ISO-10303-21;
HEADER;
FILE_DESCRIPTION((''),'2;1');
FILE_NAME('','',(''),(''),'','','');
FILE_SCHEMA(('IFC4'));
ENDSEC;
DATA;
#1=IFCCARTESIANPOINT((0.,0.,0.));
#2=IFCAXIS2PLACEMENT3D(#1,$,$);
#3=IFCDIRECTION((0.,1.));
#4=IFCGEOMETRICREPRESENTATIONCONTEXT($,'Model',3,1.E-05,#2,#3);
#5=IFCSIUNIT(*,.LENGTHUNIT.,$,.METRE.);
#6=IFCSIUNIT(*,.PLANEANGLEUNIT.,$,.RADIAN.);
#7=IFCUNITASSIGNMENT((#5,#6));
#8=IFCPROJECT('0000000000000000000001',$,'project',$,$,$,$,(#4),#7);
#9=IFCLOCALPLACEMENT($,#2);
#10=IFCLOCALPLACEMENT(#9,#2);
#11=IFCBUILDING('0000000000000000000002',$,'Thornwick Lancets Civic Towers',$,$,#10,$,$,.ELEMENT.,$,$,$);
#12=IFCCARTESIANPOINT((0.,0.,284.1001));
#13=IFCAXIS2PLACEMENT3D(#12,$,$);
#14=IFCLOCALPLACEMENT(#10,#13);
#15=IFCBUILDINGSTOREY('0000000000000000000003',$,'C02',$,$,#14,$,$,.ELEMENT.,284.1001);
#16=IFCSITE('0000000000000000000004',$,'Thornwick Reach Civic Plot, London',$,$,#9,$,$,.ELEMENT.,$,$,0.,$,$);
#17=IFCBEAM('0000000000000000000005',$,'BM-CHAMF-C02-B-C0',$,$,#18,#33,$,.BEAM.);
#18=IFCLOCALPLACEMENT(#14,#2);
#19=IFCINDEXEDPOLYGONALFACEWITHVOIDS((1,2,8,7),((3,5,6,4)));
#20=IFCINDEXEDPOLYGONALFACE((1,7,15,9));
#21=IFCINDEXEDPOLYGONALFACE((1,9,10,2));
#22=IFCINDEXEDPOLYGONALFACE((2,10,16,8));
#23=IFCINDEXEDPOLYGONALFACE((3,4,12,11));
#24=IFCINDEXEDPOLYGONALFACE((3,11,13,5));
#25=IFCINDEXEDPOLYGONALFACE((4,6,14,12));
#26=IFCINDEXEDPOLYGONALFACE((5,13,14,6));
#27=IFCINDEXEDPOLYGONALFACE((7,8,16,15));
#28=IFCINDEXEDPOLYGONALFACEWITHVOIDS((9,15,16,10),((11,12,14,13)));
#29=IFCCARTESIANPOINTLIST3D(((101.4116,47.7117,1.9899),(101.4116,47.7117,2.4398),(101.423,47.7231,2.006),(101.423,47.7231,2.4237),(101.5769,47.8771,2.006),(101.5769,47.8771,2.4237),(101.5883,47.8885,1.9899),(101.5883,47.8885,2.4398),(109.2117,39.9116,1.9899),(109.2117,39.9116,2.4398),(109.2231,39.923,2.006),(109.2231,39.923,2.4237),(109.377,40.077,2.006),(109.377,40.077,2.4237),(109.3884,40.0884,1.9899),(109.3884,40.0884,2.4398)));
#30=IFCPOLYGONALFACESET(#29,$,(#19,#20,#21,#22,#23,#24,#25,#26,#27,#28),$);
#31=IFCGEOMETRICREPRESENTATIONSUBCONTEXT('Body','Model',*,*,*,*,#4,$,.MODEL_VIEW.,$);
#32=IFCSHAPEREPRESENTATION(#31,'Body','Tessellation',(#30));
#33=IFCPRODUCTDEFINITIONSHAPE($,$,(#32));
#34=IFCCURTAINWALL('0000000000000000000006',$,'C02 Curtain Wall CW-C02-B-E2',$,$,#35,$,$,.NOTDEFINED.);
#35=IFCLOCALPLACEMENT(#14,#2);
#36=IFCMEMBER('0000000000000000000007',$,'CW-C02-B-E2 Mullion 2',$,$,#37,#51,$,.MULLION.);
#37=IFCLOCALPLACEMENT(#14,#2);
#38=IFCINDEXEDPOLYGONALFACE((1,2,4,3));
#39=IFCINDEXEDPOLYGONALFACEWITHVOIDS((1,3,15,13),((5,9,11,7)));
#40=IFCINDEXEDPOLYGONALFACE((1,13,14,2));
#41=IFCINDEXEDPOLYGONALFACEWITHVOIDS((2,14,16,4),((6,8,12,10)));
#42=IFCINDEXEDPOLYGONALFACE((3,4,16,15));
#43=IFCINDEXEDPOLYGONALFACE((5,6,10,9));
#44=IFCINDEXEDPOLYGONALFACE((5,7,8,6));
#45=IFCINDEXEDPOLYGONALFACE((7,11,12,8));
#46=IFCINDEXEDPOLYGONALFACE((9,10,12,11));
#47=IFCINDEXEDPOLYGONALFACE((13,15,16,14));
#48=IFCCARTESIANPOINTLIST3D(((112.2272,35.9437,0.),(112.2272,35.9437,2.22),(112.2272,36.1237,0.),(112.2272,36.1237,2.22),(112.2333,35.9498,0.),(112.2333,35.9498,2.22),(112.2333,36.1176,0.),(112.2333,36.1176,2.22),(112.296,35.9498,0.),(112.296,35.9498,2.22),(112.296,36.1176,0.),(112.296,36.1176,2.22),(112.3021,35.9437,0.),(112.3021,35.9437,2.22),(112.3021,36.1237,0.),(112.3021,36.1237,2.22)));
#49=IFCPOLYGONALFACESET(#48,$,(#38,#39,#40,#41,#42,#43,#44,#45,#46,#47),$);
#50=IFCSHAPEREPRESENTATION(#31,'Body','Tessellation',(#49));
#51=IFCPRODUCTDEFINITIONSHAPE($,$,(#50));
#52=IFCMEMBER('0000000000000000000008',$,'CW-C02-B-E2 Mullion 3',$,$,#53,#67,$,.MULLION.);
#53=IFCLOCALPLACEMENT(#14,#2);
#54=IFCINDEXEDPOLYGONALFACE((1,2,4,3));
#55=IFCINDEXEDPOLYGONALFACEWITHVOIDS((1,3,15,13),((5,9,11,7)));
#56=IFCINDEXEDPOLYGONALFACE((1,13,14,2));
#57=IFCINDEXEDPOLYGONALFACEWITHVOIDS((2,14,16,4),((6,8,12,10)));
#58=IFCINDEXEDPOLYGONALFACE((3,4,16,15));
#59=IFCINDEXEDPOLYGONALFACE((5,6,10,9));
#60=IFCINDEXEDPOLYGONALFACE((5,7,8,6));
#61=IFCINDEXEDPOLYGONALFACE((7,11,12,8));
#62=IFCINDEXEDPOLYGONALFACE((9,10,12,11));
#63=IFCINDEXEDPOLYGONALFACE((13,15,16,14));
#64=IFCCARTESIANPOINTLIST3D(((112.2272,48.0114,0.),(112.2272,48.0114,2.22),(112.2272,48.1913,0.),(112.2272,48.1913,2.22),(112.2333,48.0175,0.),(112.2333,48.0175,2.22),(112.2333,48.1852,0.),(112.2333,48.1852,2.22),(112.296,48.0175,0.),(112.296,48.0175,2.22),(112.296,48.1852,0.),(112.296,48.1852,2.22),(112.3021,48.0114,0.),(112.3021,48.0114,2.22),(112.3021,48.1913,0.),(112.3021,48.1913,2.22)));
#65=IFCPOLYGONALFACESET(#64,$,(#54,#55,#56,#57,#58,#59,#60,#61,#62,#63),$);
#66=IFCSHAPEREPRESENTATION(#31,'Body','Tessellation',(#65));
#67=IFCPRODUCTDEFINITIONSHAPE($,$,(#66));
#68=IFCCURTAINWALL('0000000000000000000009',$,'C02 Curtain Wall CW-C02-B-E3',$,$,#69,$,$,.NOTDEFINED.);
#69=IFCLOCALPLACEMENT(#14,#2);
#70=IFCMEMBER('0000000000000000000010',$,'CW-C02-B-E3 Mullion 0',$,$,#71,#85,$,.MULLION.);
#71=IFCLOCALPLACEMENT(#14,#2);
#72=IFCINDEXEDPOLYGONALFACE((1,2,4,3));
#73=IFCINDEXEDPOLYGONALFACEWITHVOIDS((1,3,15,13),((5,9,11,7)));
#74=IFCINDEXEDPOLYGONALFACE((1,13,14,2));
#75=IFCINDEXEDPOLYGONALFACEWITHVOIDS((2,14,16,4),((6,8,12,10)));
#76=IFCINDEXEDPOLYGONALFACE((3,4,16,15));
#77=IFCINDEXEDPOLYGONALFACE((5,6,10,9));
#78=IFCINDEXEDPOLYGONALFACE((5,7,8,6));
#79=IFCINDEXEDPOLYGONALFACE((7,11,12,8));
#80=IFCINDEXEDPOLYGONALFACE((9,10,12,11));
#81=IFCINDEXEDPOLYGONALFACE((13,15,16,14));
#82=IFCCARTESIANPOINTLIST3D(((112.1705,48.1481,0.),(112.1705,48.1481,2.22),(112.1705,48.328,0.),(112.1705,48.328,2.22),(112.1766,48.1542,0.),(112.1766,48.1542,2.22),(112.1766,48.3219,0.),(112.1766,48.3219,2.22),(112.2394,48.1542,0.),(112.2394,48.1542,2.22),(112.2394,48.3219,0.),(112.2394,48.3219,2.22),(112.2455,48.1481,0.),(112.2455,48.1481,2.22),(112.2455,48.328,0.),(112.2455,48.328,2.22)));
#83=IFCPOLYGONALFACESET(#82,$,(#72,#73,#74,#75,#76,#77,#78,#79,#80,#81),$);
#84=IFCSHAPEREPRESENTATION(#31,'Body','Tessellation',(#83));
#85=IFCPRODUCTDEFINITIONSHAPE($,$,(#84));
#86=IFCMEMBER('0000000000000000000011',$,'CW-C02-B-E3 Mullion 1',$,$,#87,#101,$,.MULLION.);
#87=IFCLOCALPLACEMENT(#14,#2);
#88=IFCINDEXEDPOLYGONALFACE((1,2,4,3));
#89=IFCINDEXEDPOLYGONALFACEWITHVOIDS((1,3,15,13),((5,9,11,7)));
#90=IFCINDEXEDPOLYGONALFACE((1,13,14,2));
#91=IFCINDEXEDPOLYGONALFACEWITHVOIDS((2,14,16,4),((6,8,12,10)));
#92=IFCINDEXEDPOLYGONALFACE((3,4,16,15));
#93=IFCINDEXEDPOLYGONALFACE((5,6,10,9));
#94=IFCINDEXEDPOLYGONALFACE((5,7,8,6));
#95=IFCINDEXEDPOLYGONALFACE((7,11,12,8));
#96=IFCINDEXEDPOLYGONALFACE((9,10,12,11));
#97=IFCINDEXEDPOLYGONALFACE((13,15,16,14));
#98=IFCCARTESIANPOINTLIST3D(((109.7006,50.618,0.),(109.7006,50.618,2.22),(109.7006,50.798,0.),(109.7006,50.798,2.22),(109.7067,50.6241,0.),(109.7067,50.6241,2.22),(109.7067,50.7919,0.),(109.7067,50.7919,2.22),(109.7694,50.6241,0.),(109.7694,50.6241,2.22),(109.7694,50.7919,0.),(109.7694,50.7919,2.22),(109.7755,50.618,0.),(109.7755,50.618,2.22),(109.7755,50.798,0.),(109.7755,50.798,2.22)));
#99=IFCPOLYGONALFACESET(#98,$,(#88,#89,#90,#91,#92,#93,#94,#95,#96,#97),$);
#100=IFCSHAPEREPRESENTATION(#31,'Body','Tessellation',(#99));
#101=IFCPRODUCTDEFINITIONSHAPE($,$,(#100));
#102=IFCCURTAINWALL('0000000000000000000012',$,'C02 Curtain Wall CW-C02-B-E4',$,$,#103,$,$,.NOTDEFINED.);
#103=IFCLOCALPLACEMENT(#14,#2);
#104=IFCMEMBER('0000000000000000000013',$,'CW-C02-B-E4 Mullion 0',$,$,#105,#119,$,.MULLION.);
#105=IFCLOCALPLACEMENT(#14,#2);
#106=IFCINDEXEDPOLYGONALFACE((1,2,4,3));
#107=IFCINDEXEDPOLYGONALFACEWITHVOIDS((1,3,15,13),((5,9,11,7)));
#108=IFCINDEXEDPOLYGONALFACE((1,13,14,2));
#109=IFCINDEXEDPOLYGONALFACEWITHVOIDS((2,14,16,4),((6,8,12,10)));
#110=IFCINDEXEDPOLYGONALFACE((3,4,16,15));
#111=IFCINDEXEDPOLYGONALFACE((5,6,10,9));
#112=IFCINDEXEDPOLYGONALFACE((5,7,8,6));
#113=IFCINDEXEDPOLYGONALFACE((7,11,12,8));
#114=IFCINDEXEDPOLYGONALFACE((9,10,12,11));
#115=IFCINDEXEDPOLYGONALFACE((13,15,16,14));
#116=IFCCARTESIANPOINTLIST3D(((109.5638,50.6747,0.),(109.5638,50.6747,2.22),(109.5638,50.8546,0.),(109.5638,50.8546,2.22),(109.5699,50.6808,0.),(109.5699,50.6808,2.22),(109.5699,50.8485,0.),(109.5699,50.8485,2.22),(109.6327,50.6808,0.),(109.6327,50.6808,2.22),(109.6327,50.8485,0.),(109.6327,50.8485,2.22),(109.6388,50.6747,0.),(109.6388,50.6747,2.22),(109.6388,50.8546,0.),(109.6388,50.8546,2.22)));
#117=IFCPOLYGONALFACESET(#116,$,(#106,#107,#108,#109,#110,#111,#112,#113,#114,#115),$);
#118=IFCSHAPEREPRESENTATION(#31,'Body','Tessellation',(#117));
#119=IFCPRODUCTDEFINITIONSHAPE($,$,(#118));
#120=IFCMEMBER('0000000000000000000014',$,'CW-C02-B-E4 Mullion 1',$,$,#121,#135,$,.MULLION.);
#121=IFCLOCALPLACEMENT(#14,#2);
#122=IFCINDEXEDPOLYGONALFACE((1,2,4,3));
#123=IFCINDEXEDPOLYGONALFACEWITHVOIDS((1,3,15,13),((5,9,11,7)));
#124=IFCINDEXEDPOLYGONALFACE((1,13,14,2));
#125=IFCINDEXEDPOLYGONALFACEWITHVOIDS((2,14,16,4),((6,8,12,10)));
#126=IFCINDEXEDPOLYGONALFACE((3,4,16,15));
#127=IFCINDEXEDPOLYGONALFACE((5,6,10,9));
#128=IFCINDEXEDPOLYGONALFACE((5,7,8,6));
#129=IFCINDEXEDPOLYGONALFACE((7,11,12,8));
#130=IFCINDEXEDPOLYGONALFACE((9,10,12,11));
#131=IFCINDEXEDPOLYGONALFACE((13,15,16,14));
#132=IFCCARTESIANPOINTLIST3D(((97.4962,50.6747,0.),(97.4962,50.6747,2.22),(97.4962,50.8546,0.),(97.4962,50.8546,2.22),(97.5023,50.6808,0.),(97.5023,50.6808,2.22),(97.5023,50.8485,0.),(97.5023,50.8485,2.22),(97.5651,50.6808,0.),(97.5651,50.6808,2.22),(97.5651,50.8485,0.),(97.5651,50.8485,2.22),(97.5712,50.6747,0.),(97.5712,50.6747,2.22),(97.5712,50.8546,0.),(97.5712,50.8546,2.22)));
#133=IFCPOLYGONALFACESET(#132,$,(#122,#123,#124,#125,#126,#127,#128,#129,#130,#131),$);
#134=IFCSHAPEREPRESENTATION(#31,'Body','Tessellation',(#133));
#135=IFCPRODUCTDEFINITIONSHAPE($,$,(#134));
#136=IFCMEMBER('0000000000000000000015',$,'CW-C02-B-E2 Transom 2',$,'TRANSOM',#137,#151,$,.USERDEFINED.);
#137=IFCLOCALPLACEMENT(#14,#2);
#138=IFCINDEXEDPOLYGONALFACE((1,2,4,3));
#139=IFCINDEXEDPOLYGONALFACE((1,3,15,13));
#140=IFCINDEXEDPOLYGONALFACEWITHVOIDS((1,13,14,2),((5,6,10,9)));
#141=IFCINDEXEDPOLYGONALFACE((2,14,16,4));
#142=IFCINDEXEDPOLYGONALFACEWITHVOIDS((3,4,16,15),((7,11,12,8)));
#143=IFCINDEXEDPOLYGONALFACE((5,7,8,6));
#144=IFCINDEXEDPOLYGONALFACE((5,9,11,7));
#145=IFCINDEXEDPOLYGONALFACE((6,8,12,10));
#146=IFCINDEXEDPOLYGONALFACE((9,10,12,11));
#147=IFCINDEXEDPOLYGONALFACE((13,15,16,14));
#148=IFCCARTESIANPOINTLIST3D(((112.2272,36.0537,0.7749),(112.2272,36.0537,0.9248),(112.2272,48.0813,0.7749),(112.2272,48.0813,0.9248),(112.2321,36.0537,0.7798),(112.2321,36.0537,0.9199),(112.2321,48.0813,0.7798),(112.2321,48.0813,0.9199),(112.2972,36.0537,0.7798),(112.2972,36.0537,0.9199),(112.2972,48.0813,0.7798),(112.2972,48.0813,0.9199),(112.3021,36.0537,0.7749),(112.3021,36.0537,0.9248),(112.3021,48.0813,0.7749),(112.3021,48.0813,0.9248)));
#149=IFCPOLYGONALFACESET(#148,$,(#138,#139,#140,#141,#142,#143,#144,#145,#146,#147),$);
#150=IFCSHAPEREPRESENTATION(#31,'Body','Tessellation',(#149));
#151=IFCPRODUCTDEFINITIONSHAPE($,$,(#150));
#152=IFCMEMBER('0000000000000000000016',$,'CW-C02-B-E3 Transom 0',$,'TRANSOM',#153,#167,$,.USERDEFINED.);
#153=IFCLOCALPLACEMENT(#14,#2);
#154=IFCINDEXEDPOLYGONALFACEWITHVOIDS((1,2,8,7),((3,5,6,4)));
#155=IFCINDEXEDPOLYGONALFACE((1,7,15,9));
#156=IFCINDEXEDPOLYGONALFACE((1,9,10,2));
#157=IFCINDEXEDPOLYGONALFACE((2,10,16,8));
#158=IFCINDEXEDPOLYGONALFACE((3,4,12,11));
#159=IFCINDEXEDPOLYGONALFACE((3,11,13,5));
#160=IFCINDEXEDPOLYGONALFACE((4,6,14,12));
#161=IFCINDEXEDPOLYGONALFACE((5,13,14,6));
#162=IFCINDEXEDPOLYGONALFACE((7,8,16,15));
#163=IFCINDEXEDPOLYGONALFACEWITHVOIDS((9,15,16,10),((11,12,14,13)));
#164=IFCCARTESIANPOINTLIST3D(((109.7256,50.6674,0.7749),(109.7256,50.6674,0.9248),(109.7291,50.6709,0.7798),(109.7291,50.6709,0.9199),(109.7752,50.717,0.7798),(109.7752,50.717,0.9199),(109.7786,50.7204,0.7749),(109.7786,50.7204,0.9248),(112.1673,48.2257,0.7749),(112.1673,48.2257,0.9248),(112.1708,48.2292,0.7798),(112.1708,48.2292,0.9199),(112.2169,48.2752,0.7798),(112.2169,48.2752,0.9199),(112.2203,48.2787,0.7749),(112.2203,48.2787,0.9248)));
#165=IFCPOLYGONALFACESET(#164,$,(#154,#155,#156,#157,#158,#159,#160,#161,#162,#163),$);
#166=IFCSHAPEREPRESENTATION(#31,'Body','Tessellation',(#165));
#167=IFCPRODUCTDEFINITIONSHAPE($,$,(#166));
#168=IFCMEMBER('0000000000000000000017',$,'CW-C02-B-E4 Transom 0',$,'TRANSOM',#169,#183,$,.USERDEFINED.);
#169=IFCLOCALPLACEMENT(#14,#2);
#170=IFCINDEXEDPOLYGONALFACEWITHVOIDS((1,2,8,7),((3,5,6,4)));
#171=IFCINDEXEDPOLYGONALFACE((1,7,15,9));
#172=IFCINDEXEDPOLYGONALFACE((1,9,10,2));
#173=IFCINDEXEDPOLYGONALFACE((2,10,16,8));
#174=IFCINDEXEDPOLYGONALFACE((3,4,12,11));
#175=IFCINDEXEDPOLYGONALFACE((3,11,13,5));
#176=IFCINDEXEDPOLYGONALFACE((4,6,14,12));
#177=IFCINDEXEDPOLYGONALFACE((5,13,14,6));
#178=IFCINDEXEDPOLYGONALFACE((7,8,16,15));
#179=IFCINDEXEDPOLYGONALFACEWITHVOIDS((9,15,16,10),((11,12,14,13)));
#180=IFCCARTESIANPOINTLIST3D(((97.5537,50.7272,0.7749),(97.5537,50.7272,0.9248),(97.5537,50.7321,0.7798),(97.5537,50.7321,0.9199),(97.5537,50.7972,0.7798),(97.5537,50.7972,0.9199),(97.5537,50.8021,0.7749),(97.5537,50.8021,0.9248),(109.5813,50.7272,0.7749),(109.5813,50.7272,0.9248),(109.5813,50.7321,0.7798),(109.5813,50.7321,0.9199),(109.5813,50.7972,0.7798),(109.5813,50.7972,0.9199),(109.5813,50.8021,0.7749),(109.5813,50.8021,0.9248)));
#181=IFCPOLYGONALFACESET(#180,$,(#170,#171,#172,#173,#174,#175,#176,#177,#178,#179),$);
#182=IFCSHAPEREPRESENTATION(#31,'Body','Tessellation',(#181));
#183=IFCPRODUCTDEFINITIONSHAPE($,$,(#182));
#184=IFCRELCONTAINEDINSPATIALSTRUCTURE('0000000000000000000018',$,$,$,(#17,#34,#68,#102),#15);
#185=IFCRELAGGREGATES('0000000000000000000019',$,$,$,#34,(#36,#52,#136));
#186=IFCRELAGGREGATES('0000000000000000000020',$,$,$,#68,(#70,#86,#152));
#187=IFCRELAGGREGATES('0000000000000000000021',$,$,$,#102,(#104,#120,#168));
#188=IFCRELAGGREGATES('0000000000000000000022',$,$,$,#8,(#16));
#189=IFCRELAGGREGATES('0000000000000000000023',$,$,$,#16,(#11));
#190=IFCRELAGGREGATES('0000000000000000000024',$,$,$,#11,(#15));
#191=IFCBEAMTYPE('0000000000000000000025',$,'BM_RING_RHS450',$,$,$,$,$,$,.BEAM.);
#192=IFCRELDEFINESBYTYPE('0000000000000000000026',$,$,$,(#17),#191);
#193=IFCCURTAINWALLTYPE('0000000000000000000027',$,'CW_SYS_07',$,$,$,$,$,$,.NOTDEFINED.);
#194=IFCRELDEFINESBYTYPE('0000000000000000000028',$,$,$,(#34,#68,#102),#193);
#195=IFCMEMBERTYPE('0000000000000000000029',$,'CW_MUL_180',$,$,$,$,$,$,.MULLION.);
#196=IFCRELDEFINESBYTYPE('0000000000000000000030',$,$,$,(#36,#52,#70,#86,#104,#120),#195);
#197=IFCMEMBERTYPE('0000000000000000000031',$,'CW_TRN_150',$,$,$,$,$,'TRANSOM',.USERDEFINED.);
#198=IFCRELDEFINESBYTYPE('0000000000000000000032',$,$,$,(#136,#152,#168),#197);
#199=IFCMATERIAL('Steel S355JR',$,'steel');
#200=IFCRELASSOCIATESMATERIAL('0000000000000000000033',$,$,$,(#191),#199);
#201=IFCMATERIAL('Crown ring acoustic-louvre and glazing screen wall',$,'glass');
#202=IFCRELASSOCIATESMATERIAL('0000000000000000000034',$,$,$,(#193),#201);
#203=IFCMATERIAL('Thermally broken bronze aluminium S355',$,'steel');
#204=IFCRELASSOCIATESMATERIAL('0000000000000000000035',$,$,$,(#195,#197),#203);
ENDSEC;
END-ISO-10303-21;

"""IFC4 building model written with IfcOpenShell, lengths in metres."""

from ifc_helpers import new_model, si_unit, direction, frame, origin, origin_2d, place, context, subcontext, project, spatial, hollow_rectangle, extrude, material, material_profile, profile_set, type_object, element, aggregate, save


model = new_model("IFC4")

# Units and contexts
model_context = context("Model", 3, precision=1e-05, world=origin(), true_north=direction((0.0, 1.0)))
body_context = subcontext(model_context, "Body", "Model", "MODEL_VIEW")
ifc_project = project(units=[si_unit("LENGTHUNIT", "METRE"), si_unit("PLANEANGLEUNIT", "RADIAN")], contexts=[model_context])

# Site, building, storey
site_placement = place(None, origin())
site = spatial("IfcSite", under=ifc_project, at=site_placement, Name="Thornwick Reach Civic Plot, London", CompositionType="ELEMENT", RefElevation=0.0)
building_placement = place(site_placement, origin())
building = spatial("IfcBuilding", under=site, at=building_placement, Name="Thornwick Lancets Civic Towers", CompositionType="ELEMENT")
storey_placement = place(building_placement, frame((0.0, 0.0, 284.1001)))
storey = spatial("IfcBuildingStorey", under=building, at=storey_placement, Name="C02", CompositionType="ELEMENT", Elevation=284.1001)

# Shared definitions
ifc_material_1 = material(Name="Steel S355JR", Category="steel")

# Beam
ifc_material_profile_1 = material_profile(ifc_material_1, hollow_rectangle(XDim=0.25, YDim=0.45, WallThickness=0.0161, at=origin_2d()), Name="RHS 450x250x16")
ifc_profile_set_1 = profile_set([ifc_material_profile_1], Name="Steel S355JR")
beam_type_1 = type_object("IfcBeamType", Name="BM_RING_RHS450", PredefinedType="BEAM", material=ifc_profile_set_1)
beam_1_placement = place(storey_placement, frame((109.3, 40.0, 2.2148), z_axis=(-0.707107, 0.707107, 0.0), x_axis=(-0.707107, -0.707107, 0.0)))
element("IfcBeam", 1, at=beam_1_placement, inside=storey, type_object=beam_type_1, Name="BM-CHAMF-C02-B-C0", PredefinedType="BEAM", context=body_context, shape_type="SweptSolid", body=[
    extrude(hollow_rectangle(XDim=0.25, YDim=0.45, WallThickness=0.0161, at=origin_2d()), origin(), (0.0, 0.0, 1.0), 11.031),
])

# Curtain walls, members
ifc_material_2 = material(Name="Crown ring acoustic-louvre and glazing screen wall", Category="glass")
curtain_wall_type = type_object("IfcCurtainWallType", Name="CW_SYS_07", PredefinedType="NOTDEFINED", material=ifc_material_2)
curtain_wall_1_placement = place(storey_placement, origin())
curtain_wall_1 = element("IfcCurtainWall", 2, at=curtain_wall_1_placement, inside=storey, type_object=curtain_wall_type, Name="C02 Curtain Wall CW-C02-B-E2", PredefinedType="NOTDEFINED")
ifc_material_3 = material(Name="Thermally broken bronze aluminium S355", Category="steel")
ifc_material_profile_2 = material_profile(ifc_material_3, hollow_rectangle(XDim=0.075, YDim=0.1799, WallThickness=0.0061, at=origin_2d()), Name="RHS 180x75x6")
ifc_profile_set_2 = profile_set([ifc_material_profile_2], Name="Thermally broken bronze aluminium S355")
member_type_1 = type_object("IfcMemberType", Name="CW_MUL_180", PredefinedType="MULLION", material=ifc_profile_set_2)
member_1_placement = place(storey_placement, frame((112.2646, 36.0337, 0.0), z_axis=(0.0, 0.0, 1.0), x_axis=(1.0, 0.0, 0.0)))
member_1 = element("IfcMember", 3, at=member_1_placement, type_object=member_type_1, Name="CW-C02-B-E2 Mullion 2", PredefinedType="MULLION", context=body_context, shape_type="SweptSolid", body=[
    extrude(hollow_rectangle(XDim=0.075, YDim=0.1799, WallThickness=0.0061, at=origin_2d()), origin(), (0.0, 0.0, 1.0), 2.22),
])
member_2_placement = place(storey_placement, frame((112.2646, 48.1013, 0.0), z_axis=(0.0, 0.0, 1.0), x_axis=(1.0, 0.0, 0.0)))
member_2 = element("IfcMember", 4, at=member_2_placement, type_object=member_type_1, Name="CW-C02-B-E2 Mullion 3", PredefinedType="MULLION", context=body_context, shape_type="SweptSolid", body=[
    extrude(hollow_rectangle(XDim=0.075, YDim=0.1799, WallThickness=0.0061, at=origin_2d()), origin(), (0.0, 0.0, 1.0), 2.22),
])
curtain_wall_2_placement = place(storey_placement, origin())
curtain_wall_2 = element("IfcCurtainWall", 5, at=curtain_wall_2_placement, inside=storey, type_object=curtain_wall_type, Name="C02 Curtain Wall CW-C02-B-E3", PredefinedType="NOTDEFINED")
member_3_placement = place(storey_placement, frame((112.208, 48.238, 0.0), z_axis=(0.0, 0.0, 1.0), x_axis=(1.0, 0.0, 0.0)))
member_3 = element("IfcMember", 6, at=member_3_placement, type_object=member_type_1, Name="CW-C02-B-E3 Mullion 0", PredefinedType="MULLION", context=body_context, shape_type="SweptSolid", body=[
    extrude(hollow_rectangle(XDim=0.075, YDim=0.1799, WallThickness=0.0061, at=origin_2d()), origin(), (0.0, 0.0, 1.0), 2.22),
])
member_4_placement = place(storey_placement, frame((109.738, 50.708, 0.0), z_axis=(0.0, 0.0, 1.0), x_axis=(1.0, 0.0, 0.0)))
member_4 = element("IfcMember", 7, at=member_4_placement, type_object=member_type_1, Name="CW-C02-B-E3 Mullion 1", PredefinedType="MULLION", context=body_context, shape_type="SweptSolid", body=[
    extrude(hollow_rectangle(XDim=0.075, YDim=0.1799, WallThickness=0.0061, at=origin_2d()), origin(), (0.0, 0.0, 1.0), 2.22),
])
curtain_wall_3_placement = place(storey_placement, origin())
curtain_wall_3 = element("IfcCurtainWall", 8, at=curtain_wall_3_placement, inside=storey, type_object=curtain_wall_type, Name="C02 Curtain Wall CW-C02-B-E4", PredefinedType="NOTDEFINED")
member_5_placement = place(storey_placement, frame((109.6013, 50.7646, 0.0), z_axis=(0.0, 0.0, 1.0), x_axis=(1.0, 0.0, 0.0)))
member_5 = element("IfcMember", 9, at=member_5_placement, type_object=member_type_1, Name="CW-C02-B-E4 Mullion 0", PredefinedType="MULLION", context=body_context, shape_type="SweptSolid", body=[
    extrude(hollow_rectangle(XDim=0.075, YDim=0.1799, WallThickness=0.0061, at=origin_2d()), origin(), (0.0, 0.0, 1.0), 2.22),
])
member_6_placement = place(storey_placement, frame((97.5337, 50.7646, 0.0), z_axis=(0.0, 0.0, 1.0), x_axis=(1.0, 0.0, 0.0)))
member_6 = element("IfcMember", 10, at=member_6_placement, type_object=member_type_1, Name="CW-C02-B-E4 Mullion 1", PredefinedType="MULLION", context=body_context, shape_type="SweptSolid", body=[
    extrude(hollow_rectangle(XDim=0.075, YDim=0.1799, WallThickness=0.0061, at=origin_2d()), origin(), (0.0, 0.0, 1.0), 2.22),
])

# Members
ifc_material_profile_3 = material_profile(ifc_material_3, hollow_rectangle(XDim=0.075, YDim=0.1499, WallThickness=0.0049, at=origin_2d()), Name="RHS 150x75x5")
ifc_profile_set_3 = profile_set([ifc_material_profile_3], Name="Thermally broken bronze aluminium S355")
member_type_2 = type_object("IfcMemberType", Name="CW_TRN_150", ElementType="TRANSOM", PredefinedType="USERDEFINED", material=ifc_profile_set_3)
member_7_placement = place(storey_placement, frame((112.2646, 36.0537, 0.8499), z_axis=(0.0, 1.0, 0.0), x_axis=(-1.0, 0.0, 0.0)))
member_7 = element("IfcMember", 11, at=member_7_placement, type_object=member_type_2, Name="CW-C02-B-E2 Transom 2", ObjectType="TRANSOM", PredefinedType="USERDEFINED", context=body_context, shape_type="SweptSolid", body=[
    extrude(hollow_rectangle(XDim=0.075, YDim=0.1499, WallThickness=0.0049, at=origin_2d()), origin(), (0.0, 0.0, 1.0), 12.0276),
])
member_8_placement = place(storey_placement, frame((112.1938, 48.2522, 0.8499), z_axis=(-0.707107, 0.707107, 0.0), x_axis=(-0.707107, -0.707107, 0.0)))
member_8 = element("IfcMember", 12, at=member_8_placement, type_object=member_type_2, Name="CW-C02-B-E3 Transom 0", ObjectType="TRANSOM", PredefinedType="USERDEFINED", context=body_context, shape_type="SweptSolid", body=[
    extrude(hollow_rectangle(XDim=0.075, YDim=0.1499, WallThickness=0.0049, at=origin_2d()), origin(), (0.0, 0.0, 1.0), 3.4531),
])
member_9_placement = place(storey_placement, frame((109.5813, 50.7646, 0.8499), z_axis=(-1.0, 0.0, 0.0), x_axis=(0.0, -1.0, 0.0)))
member_9 = element("IfcMember", 13, at=member_9_placement, type_object=member_type_2, Name="CW-C02-B-E4 Transom 0", ObjectType="TRANSOM", PredefinedType="USERDEFINED", context=body_context, shape_type="SweptSolid", body=[
    extrude(hollow_rectangle(XDim=0.075, YDim=0.1499, WallThickness=0.0049, at=origin_2d()), origin(), (0.0, 0.0, 1.0), 12.0276),
])

aggregate(curtain_wall_1, [member_1, member_2, member_7])
aggregate(curtain_wall_2, [member_3, member_4, member_8])
aggregate(curtain_wall_3, [member_5, member_6, member_9])

save(model, "model.ifc")
